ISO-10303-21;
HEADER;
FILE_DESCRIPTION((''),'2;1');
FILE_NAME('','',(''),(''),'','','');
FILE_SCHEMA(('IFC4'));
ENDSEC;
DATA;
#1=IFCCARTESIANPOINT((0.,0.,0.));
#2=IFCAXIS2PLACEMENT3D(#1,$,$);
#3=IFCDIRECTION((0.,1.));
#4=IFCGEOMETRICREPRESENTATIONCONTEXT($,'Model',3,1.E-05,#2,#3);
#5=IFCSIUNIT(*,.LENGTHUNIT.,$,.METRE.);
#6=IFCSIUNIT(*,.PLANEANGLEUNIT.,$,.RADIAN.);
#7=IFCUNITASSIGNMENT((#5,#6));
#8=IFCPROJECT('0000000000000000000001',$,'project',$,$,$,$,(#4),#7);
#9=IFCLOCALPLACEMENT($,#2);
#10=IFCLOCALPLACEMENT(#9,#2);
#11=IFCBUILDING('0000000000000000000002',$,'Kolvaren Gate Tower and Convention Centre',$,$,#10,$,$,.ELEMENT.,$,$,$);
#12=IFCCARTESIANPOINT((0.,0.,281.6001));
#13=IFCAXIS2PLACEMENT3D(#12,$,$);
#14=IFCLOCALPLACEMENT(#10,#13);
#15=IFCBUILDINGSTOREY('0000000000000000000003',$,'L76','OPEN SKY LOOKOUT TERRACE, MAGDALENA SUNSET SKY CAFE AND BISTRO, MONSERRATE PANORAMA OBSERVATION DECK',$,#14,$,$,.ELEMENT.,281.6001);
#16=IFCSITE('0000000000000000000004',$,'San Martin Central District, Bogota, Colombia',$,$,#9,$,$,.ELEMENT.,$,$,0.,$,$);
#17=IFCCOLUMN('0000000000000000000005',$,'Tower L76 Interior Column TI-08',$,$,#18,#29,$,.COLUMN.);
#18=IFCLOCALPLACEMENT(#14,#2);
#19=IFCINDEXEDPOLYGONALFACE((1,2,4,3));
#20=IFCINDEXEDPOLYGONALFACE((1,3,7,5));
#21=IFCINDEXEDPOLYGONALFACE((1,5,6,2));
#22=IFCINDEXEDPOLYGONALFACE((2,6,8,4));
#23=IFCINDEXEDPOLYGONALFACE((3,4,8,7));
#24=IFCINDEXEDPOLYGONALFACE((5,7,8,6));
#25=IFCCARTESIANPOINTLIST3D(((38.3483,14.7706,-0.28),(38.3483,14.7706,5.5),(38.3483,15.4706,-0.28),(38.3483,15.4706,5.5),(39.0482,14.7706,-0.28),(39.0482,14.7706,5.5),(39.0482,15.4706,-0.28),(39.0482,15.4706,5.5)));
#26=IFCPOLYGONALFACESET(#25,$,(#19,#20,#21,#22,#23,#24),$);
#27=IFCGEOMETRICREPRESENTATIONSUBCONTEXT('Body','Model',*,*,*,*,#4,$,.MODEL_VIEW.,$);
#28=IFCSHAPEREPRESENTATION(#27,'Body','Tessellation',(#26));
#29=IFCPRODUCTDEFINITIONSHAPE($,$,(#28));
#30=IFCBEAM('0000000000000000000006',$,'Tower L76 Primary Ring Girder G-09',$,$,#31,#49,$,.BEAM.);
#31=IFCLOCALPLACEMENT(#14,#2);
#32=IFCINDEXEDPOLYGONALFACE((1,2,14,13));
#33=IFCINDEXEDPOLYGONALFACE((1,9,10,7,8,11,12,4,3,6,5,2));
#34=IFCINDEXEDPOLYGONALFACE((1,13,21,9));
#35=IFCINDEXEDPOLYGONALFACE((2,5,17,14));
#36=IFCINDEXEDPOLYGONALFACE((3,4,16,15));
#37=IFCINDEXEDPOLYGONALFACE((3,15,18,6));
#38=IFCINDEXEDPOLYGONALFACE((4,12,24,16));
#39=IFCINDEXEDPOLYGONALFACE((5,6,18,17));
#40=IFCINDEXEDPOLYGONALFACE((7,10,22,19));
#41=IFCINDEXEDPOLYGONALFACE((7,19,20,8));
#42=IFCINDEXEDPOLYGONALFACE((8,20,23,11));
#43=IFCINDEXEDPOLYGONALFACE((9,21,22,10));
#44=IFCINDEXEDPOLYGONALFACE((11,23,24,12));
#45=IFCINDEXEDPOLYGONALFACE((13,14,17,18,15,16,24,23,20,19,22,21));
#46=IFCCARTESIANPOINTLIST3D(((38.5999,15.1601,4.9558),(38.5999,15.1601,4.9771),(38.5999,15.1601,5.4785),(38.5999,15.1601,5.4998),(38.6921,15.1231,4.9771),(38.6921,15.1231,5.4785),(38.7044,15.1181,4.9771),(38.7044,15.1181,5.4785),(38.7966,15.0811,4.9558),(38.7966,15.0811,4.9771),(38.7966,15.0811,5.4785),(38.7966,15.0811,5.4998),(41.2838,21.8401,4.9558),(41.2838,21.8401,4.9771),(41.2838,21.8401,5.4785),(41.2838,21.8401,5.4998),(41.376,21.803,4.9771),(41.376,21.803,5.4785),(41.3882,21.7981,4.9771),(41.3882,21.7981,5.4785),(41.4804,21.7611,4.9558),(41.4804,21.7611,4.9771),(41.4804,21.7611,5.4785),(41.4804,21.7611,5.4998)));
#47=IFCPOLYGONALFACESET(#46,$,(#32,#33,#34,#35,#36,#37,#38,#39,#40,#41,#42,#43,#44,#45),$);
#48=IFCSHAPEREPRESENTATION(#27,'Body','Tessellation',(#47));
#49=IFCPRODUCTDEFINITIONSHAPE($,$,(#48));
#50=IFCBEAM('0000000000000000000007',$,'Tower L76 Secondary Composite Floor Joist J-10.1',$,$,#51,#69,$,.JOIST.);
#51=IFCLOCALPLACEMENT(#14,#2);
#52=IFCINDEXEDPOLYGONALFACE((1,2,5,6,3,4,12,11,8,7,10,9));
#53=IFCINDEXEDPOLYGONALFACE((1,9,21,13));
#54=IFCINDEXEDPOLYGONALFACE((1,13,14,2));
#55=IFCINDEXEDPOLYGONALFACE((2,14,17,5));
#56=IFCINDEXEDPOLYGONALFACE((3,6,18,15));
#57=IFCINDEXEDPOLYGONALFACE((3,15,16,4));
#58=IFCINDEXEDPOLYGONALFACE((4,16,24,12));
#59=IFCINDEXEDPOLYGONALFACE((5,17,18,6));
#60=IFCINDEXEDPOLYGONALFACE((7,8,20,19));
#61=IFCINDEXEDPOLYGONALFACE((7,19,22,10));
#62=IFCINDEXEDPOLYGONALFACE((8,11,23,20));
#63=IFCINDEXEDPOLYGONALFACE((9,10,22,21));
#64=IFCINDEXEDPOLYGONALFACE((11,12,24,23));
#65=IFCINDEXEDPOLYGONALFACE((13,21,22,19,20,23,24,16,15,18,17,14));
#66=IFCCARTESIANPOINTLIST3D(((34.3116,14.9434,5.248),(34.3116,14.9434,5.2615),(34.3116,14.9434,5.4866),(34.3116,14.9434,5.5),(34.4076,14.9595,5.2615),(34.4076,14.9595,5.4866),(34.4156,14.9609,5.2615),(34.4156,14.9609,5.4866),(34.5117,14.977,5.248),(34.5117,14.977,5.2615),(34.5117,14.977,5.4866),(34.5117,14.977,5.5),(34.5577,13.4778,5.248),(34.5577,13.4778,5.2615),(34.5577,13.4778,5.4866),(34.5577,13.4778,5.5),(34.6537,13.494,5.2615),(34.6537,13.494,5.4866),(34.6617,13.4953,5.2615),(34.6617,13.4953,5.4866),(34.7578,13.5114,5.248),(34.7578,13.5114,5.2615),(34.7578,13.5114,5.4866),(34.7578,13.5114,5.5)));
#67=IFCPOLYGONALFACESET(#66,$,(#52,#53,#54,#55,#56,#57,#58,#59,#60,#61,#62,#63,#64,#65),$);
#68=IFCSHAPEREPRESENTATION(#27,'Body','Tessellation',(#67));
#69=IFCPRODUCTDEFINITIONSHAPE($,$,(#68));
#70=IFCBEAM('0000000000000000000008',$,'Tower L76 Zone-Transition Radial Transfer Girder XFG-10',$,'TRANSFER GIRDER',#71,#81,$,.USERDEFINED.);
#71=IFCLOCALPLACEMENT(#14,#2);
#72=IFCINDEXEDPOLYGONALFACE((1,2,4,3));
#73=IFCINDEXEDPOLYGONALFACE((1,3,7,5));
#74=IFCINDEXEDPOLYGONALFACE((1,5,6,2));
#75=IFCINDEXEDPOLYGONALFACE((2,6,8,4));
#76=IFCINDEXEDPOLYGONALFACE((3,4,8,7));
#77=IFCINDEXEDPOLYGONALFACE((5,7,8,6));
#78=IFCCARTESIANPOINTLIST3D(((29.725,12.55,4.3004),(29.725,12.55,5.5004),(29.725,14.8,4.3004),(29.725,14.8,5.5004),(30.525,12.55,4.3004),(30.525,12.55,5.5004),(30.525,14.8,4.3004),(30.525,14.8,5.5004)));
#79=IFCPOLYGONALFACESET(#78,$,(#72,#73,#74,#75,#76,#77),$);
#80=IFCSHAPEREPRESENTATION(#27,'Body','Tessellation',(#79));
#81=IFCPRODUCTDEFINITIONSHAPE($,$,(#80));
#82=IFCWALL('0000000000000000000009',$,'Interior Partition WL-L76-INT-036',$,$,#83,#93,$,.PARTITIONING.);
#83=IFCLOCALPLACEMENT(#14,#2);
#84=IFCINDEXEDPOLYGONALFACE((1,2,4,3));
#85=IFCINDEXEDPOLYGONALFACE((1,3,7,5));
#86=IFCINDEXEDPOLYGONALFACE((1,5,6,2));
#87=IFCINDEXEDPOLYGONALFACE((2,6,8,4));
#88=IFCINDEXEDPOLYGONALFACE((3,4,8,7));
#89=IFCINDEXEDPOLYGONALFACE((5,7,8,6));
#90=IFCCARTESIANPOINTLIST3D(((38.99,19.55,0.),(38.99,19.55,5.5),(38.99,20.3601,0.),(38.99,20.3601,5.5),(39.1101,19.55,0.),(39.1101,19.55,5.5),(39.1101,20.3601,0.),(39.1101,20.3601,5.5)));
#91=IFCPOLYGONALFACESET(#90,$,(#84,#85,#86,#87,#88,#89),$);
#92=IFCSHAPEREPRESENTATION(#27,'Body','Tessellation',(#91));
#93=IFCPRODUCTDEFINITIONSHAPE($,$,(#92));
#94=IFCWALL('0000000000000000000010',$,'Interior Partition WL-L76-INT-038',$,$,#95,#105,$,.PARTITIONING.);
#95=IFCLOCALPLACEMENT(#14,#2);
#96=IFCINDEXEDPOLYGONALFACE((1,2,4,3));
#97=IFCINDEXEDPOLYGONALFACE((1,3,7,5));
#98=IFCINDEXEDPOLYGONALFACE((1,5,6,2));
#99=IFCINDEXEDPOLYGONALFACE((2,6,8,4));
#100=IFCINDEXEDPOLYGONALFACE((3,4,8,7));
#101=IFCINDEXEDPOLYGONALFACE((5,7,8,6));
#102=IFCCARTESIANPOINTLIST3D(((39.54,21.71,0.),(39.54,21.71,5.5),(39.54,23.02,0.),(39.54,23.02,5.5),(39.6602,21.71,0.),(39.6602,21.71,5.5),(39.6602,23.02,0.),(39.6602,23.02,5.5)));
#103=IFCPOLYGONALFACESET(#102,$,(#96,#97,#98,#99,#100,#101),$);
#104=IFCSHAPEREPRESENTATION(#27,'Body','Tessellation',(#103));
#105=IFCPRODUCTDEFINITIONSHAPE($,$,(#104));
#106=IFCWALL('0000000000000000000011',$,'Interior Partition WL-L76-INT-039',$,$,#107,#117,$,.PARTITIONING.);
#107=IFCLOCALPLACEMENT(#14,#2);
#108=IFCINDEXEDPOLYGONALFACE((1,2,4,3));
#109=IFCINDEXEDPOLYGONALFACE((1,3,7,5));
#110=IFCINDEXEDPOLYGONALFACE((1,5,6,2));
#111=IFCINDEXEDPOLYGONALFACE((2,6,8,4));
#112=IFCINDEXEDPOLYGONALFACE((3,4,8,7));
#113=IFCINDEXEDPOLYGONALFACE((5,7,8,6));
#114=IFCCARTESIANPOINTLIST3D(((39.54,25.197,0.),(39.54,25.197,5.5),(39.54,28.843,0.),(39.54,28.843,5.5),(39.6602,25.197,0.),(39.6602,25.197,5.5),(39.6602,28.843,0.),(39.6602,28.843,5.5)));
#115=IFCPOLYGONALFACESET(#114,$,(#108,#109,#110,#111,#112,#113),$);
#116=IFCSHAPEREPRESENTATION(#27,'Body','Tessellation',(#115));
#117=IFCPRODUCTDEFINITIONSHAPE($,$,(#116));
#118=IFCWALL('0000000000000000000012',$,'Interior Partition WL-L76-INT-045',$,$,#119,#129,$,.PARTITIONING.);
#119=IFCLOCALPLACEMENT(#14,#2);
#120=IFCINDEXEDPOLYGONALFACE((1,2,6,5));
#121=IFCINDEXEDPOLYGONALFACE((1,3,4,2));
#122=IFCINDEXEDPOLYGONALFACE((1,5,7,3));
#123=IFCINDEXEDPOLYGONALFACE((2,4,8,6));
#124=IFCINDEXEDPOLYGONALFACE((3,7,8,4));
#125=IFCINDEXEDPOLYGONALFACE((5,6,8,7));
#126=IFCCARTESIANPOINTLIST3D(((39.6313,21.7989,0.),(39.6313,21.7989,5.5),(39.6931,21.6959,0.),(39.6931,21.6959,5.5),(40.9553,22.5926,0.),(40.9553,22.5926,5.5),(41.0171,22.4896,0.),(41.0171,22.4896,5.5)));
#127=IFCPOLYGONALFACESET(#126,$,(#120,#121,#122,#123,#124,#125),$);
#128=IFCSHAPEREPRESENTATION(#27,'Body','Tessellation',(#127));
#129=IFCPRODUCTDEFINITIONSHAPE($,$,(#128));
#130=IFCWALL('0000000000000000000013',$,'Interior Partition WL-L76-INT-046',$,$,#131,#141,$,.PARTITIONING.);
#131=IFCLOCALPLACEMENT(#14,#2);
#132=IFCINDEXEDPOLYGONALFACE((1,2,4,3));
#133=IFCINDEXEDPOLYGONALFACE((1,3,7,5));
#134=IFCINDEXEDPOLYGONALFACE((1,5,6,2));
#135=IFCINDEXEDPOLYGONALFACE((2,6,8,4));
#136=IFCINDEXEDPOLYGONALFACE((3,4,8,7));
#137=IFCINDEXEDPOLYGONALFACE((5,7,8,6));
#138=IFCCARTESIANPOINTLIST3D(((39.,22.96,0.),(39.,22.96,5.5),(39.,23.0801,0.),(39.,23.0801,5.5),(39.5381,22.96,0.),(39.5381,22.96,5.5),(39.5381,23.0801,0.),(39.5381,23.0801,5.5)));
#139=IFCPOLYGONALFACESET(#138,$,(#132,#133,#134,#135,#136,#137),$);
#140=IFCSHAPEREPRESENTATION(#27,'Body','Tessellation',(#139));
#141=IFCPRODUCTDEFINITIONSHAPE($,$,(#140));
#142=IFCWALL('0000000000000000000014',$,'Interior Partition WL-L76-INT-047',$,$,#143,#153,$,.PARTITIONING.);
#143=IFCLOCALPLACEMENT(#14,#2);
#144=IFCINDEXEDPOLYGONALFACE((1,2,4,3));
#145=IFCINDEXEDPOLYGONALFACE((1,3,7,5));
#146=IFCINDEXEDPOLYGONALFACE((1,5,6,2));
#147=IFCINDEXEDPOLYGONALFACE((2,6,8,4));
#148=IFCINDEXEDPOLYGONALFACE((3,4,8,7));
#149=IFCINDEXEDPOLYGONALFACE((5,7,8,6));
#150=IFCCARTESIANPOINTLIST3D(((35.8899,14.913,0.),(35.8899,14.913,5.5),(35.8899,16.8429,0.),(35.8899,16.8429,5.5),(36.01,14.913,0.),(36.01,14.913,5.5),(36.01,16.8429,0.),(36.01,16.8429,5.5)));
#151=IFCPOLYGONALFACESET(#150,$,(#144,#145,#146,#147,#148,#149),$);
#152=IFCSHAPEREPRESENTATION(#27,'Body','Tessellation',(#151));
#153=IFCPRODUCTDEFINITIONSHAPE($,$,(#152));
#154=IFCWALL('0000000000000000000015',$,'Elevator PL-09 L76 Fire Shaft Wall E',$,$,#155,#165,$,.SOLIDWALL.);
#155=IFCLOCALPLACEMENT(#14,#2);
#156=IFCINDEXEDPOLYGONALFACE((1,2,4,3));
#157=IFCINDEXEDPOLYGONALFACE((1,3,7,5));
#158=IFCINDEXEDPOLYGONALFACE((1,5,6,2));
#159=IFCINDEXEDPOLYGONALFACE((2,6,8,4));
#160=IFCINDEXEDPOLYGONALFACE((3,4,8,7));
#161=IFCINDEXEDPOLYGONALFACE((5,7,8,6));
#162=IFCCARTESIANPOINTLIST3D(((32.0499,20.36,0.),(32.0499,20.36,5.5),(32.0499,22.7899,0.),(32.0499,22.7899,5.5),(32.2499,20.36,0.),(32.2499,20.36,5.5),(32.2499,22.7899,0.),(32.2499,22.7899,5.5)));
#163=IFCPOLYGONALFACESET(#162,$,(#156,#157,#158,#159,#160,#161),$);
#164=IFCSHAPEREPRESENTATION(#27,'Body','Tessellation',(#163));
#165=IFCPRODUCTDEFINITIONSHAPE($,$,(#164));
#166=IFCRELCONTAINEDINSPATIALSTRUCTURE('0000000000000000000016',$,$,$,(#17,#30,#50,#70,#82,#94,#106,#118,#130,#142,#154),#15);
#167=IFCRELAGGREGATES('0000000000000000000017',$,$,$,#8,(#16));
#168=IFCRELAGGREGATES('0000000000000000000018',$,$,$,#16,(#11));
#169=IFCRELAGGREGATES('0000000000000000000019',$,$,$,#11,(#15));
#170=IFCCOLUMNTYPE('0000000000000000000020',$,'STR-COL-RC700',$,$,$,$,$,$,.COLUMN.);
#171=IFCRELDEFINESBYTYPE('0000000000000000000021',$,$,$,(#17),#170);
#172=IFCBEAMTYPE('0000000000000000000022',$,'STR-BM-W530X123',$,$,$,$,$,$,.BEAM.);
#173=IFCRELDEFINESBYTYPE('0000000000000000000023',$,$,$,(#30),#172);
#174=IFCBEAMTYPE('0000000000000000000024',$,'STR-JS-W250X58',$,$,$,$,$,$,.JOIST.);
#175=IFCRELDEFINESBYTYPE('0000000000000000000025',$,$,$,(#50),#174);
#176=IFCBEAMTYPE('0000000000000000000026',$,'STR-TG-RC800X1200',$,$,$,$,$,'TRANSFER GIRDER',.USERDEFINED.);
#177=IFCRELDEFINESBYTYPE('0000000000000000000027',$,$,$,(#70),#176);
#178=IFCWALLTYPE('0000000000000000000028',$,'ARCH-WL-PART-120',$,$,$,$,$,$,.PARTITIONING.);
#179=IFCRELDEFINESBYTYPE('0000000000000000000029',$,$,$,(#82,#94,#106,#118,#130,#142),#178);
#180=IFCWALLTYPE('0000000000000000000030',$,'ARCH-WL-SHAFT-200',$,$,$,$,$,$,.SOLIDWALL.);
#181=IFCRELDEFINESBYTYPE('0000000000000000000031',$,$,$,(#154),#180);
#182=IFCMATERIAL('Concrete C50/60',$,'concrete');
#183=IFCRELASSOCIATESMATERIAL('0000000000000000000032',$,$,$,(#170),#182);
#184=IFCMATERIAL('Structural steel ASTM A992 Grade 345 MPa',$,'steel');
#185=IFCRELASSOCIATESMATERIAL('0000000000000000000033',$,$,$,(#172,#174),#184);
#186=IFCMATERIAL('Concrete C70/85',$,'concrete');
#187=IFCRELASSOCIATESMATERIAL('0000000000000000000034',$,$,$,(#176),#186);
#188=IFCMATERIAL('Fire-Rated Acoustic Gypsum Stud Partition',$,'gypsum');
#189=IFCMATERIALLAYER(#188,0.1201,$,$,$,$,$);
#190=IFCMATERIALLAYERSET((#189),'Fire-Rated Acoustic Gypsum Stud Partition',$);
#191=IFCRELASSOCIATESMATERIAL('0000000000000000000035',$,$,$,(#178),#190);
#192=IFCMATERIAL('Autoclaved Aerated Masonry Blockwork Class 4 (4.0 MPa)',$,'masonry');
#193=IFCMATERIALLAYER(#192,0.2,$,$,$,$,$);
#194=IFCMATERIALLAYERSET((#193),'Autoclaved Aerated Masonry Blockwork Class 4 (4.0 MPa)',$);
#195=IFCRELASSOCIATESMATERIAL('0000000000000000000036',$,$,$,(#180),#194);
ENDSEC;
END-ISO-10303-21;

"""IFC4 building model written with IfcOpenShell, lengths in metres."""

from ifc_helpers import new_model, si_unit, direction, frame, frame_2d, origin, origin_2d, place, context, subcontext, project, spatial, rectangle, i_section, extrude, material, layer, layer_set, material_profile, profile_set, type_object, element, save


model = new_model("IFC4")

# Units and contexts
model_context = context("Model", 3, precision=1e-05, world=origin(), true_north=direction((0.0, 1.0)))
body_context = subcontext(model_context, "Body", "Model", "MODEL_VIEW")
ifc_project = project(units=[si_unit("LENGTHUNIT", "METRE"), si_unit("PLANEANGLEUNIT", "RADIAN")], contexts=[model_context])

# Site, building, storey
site_placement = place(None, origin())
site = spatial("IfcSite", under=ifc_project, at=site_placement, Name="San Martin Central District, Bogota, Colombia", CompositionType="ELEMENT", RefElevation=0.0)
building_placement = place(site_placement, origin())
building = spatial("IfcBuilding", under=site, at=building_placement, Name="Kolvaren Gate Tower and Convention Centre", CompositionType="ELEMENT")
storey_placement = place(building_placement, frame((0.0, 0.0, 281.6001)))
storey = spatial("IfcBuildingStorey", under=building, at=storey_placement, Name="L76", Description="OPEN SKY LOOKOUT TERRACE, MAGDALENA SUNSET SKY CAFE AND BISTRO, MONSERRATE PANORAMA OBSERVATION DECK", CompositionType="ELEMENT", Elevation=281.6001)

# Column
ifc_material_1 = material(Name="Concrete C50/60", Category="concrete")
ifc_material_profile_1 = material_profile(ifc_material_1, rectangle(XDim=0.7, YDim=0.7, at=origin_2d()), Name="RC-COL-700X700")
ifc_profile_set_1 = profile_set([ifc_material_profile_1], Name="Concrete C50/60")
column_type = type_object("IfcColumnType", Name="STR-COL-RC700", PredefinedType="COLUMN", material=ifc_profile_set_1)
column_placement = place(storey_placement, frame((38.6982, 15.1206, -0.28), z_axis=(0.0, 0.0, 1.0), x_axis=(1.0, 0.0, 0.0)))
element("IfcColumn", 1, at=column_placement, inside=storey, type_object=column_type, Name="Tower L76 Interior Column TI-08", PredefinedType="COLUMN", context=body_context, shape_type="SweptSolid", body=[
    extrude(rectangle(XDim=0.7, YDim=0.7, at=origin_2d()), origin(), (0.0, 0.0, 1.0), 5.78),
])

# Beams
ifc_material_2 = material(Name="Structural steel ASTM A992 Grade 345 MPa", Category="steel")
ifc_material_profile_2 = material_profile(ifc_material_2, i_section(OverallWidth=0.2119, OverallDepth=0.5439, WebThickness=0.0132, FlangeThickness=0.0212, at=origin_2d()), Name="W530X123")
ifc_profile_set_2 = profile_set([ifc_material_profile_2], Name="Structural steel ASTM A992 Grade 345 MPa")
beam_type_1 = type_object("IfcBeamType", Name="STR-BM-W530X123", PredefinedType="BEAM", material=ifc_profile_set_2)
beam_1_placement = place(storey_placement, frame((38.6982, 15.1206, 5.2278), z_axis=(0.372811, 0.927907, 0.0), x_axis=(-0.927907, 0.372811, 0.0)))
element("IfcBeam", 2, at=beam_1_placement, inside=storey, type_object=beam_type_1, Name="Tower L76 Primary Ring Girder G-09", PredefinedType="BEAM", context=body_context, shape_type="SweptSolid", body=[
    extrude(i_section(OverallWidth=0.2119, OverallDepth=0.5439, WebThickness=0.0132, FlangeThickness=0.0212, at=origin_2d()), origin(), (0.0, 0.0, 1.0), 7.199),
])
ifc_material_profile_3 = material_profile(ifc_material_2, i_section(OverallWidth=0.2029, OverallDepth=0.252, WebThickness=0.0081, FlangeThickness=0.0134, at=origin_2d()), Name="W250X58")
ifc_profile_set_3 = profile_set([ifc_material_profile_3], Name="Structural steel ASTM A992 Grade 345 MPa")
beam_type_2 = type_object("IfcBeamType", Name="STR-JS-W250X58", PredefinedType="JOIST", material=ifc_profile_set_3)
beam_2_placement = place(storey_placement, frame((34.4116, 14.9602, 5.374), z_axis=(0.165598, -0.986193, 0.0), x_axis=(0.986193, 0.165598, 0.0)))
element("IfcBeam", 3, at=beam_2_placement, inside=storey, type_object=beam_type_2, Name="Tower L76 Secondary Composite Floor Joist J-10.1", PredefinedType="JOIST", context=body_context, shape_type="SweptSolid", body=[
    extrude(i_section(OverallWidth=0.2029, OverallDepth=0.252, WebThickness=0.0081, FlangeThickness=0.0134, at=origin_2d()), origin(), (0.0, 0.0, 1.0), 1.4861),
])
ifc_material_3 = material(Name="Concrete C70/85", Category="concrete")
ifc_material_profile_4 = material_profile(ifc_material_3, rectangle(XDim=0.8, YDim=1.2, at=origin_2d()), Name="RC-BM-800X1200")
ifc_profile_set_4 = profile_set([ifc_material_profile_4], Name="Concrete C70/85")
beam_type_3 = type_object("IfcBeamType", Name="STR-TG-RC800X1200", ElementType="TRANSFER GIRDER", PredefinedType="USERDEFINED", material=ifc_profile_set_4)
beam_3_placement = place(storey_placement, frame((30.125, 14.8, 4.9004), z_axis=(0.0, -1.0, 0.0), x_axis=(1.0, 0.0, 0.0)))
element("IfcBeam", 4, at=beam_3_placement, inside=storey, type_object=beam_type_3, Name="Tower L76 Zone-Transition Radial Transfer Girder XFG-10", ObjectType="TRANSFER GIRDER", PredefinedType="USERDEFINED", context=body_context, shape_type="SweptSolid", body=[
    extrude(rectangle(XDim=0.8, YDim=1.2, at=origin_2d()), origin(), (0.0, 0.0, 1.0), 2.25),
])

# Walls
ifc_material_4 = material(Name="Fire-Rated Acoustic Gypsum Stud Partition", Category="gypsum")
ifc_layer_1 = layer(ifc_material_4, 0.1201)
ifc_layer_set_1 = layer_set([ifc_layer_1], Name="Fire-Rated Acoustic Gypsum Stud Partition")
wall_type_1 = type_object("IfcWallType", Name="ARCH-WL-PART-120", PredefinedType="PARTITIONING", material=ifc_layer_set_1)
wall_1_placement = place(storey_placement, frame((39.05, 19.55, 0.0), z_axis=(0.0, 0.0, 1.0), x_axis=(0.0, 1.0, 0.0)))
element("IfcWall", 5, at=wall_1_placement, inside=storey, type_object=wall_type_1, Name="Interior Partition WL-L76-INT-036", PredefinedType="PARTITIONING", context=body_context, shape_type="SweptSolid", body=[
    extrude(rectangle(XDim=0.8101, YDim=0.1201, at=frame_2d((0.405, 0.0))), origin(), (0.0, 0.0, 1.0), 5.5),
])
wall_2_placement = place(storey_placement, frame((39.6001, 21.71, 0.0), z_axis=(0.0, 0.0, 1.0), x_axis=(0.0, 1.0, 0.0)))
element("IfcWall", 6, at=wall_2_placement, inside=storey, type_object=wall_type_1, Name="Interior Partition WL-L76-INT-038", PredefinedType="PARTITIONING", context=body_context, shape_type="SweptSolid", body=[
    extrude(rectangle(XDim=1.3101, YDim=0.1201, at=frame_2d((0.655, 0.0))), origin(), (0.0, 0.0, 1.0), 5.5),
])
wall_3_placement = place(storey_placement, frame((39.6001, 25.197, 0.0), z_axis=(0.0, 0.0, 1.0), x_axis=(0.0, 1.0, 0.0)))
element("IfcWall", 7, at=wall_3_placement, inside=storey, type_object=wall_type_1, Name="Interior Partition WL-L76-INT-039", PredefinedType="PARTITIONING", context=body_context, shape_type="SweptSolid", body=[
    extrude(rectangle(XDim=3.646, YDim=0.1201, at=frame_2d((1.823, 0.0))), origin(), (0.0, 0.0, 1.0), 5.5),
])
wall_4_placement = place(storey_placement, frame((39.6621, 21.7473, 0.0), z_axis=(0.0, 0.0, 1.0), x_axis=(0.857688, 0.51417, 0.0)))
element("IfcWall", 8, at=wall_4_placement, inside=storey, type_object=wall_type_1, Name="Interior Partition WL-L76-INT-045", PredefinedType="PARTITIONING", context=body_context, shape_type="SweptSolid", body=[
    extrude(rectangle(XDim=1.5437, YDim=0.1201, at=frame_2d((0.772, 0.0))), origin(), (0.0, 0.0, 1.0), 5.5),
])
wall_5_placement = place(storey_placement, frame((39.0, 23.02, 0.0), z_axis=(0.0, 0.0, 1.0), x_axis=(1.0, 0.0, 0.0)))
element("IfcWall", 9, at=wall_5_placement, inside=storey, type_object=wall_type_1, Name="Interior Partition WL-L76-INT-046", PredefinedType="PARTITIONING", context=body_context, shape_type="SweptSolid", body=[
    extrude(rectangle(XDim=0.5381, YDim=0.1201, at=frame_2d((0.269, 0.0))), origin(), (0.0, 0.0, 1.0), 5.5),
])
wall_6_placement = place(storey_placement, frame((35.95, 14.9131, 0.0), z_axis=(0.0, 0.0, 1.0), x_axis=(0.0, 1.0, 0.0)))
element("IfcWall", 10, at=wall_6_placement, inside=storey, type_object=wall_type_1, Name="Interior Partition WL-L76-INT-047", PredefinedType="PARTITIONING", context=body_context, shape_type="SweptSolid", body=[
    extrude(rectangle(XDim=1.9299, YDim=0.1201, at=frame_2d((0.9648, 0.0))), origin(), (0.0, 0.0, 1.0), 5.5),
])
ifc_material_5 = material(Name="Autoclaved Aerated Masonry Blockwork Class 4 (4.0 MPa)", Category="masonry")
ifc_layer_2 = layer(ifc_material_5, 0.2)
ifc_layer_set_2 = layer_set([ifc_layer_2], Name="Autoclaved Aerated Masonry Blockwork Class 4 (4.0 MPa)")
wall_type_2 = type_object("IfcWallType", Name="ARCH-WL-SHAFT-200", PredefinedType="SOLIDWALL", material=ifc_layer_set_2)
wall_7_placement = place(storey_placement, frame((32.1499, 20.3601, 0.0), z_axis=(0.0, 0.0, 1.0), x_axis=(0.0, 1.0, 0.0)))
element("IfcWall", 11, at=wall_7_placement, inside=storey, type_object=wall_type_2, Name="Elevator PL-09 L76 Fire Shaft Wall E", PredefinedType="SOLIDWALL", context=body_context, shape_type="SweptSolid", body=[
    extrude(rectangle(XDim=2.4299, YDim=0.2, at=frame_2d((1.2148, 0.0))), origin(), (0.0, 0.0, 1.0), 5.5),
])

save(model, "model.ifc")
